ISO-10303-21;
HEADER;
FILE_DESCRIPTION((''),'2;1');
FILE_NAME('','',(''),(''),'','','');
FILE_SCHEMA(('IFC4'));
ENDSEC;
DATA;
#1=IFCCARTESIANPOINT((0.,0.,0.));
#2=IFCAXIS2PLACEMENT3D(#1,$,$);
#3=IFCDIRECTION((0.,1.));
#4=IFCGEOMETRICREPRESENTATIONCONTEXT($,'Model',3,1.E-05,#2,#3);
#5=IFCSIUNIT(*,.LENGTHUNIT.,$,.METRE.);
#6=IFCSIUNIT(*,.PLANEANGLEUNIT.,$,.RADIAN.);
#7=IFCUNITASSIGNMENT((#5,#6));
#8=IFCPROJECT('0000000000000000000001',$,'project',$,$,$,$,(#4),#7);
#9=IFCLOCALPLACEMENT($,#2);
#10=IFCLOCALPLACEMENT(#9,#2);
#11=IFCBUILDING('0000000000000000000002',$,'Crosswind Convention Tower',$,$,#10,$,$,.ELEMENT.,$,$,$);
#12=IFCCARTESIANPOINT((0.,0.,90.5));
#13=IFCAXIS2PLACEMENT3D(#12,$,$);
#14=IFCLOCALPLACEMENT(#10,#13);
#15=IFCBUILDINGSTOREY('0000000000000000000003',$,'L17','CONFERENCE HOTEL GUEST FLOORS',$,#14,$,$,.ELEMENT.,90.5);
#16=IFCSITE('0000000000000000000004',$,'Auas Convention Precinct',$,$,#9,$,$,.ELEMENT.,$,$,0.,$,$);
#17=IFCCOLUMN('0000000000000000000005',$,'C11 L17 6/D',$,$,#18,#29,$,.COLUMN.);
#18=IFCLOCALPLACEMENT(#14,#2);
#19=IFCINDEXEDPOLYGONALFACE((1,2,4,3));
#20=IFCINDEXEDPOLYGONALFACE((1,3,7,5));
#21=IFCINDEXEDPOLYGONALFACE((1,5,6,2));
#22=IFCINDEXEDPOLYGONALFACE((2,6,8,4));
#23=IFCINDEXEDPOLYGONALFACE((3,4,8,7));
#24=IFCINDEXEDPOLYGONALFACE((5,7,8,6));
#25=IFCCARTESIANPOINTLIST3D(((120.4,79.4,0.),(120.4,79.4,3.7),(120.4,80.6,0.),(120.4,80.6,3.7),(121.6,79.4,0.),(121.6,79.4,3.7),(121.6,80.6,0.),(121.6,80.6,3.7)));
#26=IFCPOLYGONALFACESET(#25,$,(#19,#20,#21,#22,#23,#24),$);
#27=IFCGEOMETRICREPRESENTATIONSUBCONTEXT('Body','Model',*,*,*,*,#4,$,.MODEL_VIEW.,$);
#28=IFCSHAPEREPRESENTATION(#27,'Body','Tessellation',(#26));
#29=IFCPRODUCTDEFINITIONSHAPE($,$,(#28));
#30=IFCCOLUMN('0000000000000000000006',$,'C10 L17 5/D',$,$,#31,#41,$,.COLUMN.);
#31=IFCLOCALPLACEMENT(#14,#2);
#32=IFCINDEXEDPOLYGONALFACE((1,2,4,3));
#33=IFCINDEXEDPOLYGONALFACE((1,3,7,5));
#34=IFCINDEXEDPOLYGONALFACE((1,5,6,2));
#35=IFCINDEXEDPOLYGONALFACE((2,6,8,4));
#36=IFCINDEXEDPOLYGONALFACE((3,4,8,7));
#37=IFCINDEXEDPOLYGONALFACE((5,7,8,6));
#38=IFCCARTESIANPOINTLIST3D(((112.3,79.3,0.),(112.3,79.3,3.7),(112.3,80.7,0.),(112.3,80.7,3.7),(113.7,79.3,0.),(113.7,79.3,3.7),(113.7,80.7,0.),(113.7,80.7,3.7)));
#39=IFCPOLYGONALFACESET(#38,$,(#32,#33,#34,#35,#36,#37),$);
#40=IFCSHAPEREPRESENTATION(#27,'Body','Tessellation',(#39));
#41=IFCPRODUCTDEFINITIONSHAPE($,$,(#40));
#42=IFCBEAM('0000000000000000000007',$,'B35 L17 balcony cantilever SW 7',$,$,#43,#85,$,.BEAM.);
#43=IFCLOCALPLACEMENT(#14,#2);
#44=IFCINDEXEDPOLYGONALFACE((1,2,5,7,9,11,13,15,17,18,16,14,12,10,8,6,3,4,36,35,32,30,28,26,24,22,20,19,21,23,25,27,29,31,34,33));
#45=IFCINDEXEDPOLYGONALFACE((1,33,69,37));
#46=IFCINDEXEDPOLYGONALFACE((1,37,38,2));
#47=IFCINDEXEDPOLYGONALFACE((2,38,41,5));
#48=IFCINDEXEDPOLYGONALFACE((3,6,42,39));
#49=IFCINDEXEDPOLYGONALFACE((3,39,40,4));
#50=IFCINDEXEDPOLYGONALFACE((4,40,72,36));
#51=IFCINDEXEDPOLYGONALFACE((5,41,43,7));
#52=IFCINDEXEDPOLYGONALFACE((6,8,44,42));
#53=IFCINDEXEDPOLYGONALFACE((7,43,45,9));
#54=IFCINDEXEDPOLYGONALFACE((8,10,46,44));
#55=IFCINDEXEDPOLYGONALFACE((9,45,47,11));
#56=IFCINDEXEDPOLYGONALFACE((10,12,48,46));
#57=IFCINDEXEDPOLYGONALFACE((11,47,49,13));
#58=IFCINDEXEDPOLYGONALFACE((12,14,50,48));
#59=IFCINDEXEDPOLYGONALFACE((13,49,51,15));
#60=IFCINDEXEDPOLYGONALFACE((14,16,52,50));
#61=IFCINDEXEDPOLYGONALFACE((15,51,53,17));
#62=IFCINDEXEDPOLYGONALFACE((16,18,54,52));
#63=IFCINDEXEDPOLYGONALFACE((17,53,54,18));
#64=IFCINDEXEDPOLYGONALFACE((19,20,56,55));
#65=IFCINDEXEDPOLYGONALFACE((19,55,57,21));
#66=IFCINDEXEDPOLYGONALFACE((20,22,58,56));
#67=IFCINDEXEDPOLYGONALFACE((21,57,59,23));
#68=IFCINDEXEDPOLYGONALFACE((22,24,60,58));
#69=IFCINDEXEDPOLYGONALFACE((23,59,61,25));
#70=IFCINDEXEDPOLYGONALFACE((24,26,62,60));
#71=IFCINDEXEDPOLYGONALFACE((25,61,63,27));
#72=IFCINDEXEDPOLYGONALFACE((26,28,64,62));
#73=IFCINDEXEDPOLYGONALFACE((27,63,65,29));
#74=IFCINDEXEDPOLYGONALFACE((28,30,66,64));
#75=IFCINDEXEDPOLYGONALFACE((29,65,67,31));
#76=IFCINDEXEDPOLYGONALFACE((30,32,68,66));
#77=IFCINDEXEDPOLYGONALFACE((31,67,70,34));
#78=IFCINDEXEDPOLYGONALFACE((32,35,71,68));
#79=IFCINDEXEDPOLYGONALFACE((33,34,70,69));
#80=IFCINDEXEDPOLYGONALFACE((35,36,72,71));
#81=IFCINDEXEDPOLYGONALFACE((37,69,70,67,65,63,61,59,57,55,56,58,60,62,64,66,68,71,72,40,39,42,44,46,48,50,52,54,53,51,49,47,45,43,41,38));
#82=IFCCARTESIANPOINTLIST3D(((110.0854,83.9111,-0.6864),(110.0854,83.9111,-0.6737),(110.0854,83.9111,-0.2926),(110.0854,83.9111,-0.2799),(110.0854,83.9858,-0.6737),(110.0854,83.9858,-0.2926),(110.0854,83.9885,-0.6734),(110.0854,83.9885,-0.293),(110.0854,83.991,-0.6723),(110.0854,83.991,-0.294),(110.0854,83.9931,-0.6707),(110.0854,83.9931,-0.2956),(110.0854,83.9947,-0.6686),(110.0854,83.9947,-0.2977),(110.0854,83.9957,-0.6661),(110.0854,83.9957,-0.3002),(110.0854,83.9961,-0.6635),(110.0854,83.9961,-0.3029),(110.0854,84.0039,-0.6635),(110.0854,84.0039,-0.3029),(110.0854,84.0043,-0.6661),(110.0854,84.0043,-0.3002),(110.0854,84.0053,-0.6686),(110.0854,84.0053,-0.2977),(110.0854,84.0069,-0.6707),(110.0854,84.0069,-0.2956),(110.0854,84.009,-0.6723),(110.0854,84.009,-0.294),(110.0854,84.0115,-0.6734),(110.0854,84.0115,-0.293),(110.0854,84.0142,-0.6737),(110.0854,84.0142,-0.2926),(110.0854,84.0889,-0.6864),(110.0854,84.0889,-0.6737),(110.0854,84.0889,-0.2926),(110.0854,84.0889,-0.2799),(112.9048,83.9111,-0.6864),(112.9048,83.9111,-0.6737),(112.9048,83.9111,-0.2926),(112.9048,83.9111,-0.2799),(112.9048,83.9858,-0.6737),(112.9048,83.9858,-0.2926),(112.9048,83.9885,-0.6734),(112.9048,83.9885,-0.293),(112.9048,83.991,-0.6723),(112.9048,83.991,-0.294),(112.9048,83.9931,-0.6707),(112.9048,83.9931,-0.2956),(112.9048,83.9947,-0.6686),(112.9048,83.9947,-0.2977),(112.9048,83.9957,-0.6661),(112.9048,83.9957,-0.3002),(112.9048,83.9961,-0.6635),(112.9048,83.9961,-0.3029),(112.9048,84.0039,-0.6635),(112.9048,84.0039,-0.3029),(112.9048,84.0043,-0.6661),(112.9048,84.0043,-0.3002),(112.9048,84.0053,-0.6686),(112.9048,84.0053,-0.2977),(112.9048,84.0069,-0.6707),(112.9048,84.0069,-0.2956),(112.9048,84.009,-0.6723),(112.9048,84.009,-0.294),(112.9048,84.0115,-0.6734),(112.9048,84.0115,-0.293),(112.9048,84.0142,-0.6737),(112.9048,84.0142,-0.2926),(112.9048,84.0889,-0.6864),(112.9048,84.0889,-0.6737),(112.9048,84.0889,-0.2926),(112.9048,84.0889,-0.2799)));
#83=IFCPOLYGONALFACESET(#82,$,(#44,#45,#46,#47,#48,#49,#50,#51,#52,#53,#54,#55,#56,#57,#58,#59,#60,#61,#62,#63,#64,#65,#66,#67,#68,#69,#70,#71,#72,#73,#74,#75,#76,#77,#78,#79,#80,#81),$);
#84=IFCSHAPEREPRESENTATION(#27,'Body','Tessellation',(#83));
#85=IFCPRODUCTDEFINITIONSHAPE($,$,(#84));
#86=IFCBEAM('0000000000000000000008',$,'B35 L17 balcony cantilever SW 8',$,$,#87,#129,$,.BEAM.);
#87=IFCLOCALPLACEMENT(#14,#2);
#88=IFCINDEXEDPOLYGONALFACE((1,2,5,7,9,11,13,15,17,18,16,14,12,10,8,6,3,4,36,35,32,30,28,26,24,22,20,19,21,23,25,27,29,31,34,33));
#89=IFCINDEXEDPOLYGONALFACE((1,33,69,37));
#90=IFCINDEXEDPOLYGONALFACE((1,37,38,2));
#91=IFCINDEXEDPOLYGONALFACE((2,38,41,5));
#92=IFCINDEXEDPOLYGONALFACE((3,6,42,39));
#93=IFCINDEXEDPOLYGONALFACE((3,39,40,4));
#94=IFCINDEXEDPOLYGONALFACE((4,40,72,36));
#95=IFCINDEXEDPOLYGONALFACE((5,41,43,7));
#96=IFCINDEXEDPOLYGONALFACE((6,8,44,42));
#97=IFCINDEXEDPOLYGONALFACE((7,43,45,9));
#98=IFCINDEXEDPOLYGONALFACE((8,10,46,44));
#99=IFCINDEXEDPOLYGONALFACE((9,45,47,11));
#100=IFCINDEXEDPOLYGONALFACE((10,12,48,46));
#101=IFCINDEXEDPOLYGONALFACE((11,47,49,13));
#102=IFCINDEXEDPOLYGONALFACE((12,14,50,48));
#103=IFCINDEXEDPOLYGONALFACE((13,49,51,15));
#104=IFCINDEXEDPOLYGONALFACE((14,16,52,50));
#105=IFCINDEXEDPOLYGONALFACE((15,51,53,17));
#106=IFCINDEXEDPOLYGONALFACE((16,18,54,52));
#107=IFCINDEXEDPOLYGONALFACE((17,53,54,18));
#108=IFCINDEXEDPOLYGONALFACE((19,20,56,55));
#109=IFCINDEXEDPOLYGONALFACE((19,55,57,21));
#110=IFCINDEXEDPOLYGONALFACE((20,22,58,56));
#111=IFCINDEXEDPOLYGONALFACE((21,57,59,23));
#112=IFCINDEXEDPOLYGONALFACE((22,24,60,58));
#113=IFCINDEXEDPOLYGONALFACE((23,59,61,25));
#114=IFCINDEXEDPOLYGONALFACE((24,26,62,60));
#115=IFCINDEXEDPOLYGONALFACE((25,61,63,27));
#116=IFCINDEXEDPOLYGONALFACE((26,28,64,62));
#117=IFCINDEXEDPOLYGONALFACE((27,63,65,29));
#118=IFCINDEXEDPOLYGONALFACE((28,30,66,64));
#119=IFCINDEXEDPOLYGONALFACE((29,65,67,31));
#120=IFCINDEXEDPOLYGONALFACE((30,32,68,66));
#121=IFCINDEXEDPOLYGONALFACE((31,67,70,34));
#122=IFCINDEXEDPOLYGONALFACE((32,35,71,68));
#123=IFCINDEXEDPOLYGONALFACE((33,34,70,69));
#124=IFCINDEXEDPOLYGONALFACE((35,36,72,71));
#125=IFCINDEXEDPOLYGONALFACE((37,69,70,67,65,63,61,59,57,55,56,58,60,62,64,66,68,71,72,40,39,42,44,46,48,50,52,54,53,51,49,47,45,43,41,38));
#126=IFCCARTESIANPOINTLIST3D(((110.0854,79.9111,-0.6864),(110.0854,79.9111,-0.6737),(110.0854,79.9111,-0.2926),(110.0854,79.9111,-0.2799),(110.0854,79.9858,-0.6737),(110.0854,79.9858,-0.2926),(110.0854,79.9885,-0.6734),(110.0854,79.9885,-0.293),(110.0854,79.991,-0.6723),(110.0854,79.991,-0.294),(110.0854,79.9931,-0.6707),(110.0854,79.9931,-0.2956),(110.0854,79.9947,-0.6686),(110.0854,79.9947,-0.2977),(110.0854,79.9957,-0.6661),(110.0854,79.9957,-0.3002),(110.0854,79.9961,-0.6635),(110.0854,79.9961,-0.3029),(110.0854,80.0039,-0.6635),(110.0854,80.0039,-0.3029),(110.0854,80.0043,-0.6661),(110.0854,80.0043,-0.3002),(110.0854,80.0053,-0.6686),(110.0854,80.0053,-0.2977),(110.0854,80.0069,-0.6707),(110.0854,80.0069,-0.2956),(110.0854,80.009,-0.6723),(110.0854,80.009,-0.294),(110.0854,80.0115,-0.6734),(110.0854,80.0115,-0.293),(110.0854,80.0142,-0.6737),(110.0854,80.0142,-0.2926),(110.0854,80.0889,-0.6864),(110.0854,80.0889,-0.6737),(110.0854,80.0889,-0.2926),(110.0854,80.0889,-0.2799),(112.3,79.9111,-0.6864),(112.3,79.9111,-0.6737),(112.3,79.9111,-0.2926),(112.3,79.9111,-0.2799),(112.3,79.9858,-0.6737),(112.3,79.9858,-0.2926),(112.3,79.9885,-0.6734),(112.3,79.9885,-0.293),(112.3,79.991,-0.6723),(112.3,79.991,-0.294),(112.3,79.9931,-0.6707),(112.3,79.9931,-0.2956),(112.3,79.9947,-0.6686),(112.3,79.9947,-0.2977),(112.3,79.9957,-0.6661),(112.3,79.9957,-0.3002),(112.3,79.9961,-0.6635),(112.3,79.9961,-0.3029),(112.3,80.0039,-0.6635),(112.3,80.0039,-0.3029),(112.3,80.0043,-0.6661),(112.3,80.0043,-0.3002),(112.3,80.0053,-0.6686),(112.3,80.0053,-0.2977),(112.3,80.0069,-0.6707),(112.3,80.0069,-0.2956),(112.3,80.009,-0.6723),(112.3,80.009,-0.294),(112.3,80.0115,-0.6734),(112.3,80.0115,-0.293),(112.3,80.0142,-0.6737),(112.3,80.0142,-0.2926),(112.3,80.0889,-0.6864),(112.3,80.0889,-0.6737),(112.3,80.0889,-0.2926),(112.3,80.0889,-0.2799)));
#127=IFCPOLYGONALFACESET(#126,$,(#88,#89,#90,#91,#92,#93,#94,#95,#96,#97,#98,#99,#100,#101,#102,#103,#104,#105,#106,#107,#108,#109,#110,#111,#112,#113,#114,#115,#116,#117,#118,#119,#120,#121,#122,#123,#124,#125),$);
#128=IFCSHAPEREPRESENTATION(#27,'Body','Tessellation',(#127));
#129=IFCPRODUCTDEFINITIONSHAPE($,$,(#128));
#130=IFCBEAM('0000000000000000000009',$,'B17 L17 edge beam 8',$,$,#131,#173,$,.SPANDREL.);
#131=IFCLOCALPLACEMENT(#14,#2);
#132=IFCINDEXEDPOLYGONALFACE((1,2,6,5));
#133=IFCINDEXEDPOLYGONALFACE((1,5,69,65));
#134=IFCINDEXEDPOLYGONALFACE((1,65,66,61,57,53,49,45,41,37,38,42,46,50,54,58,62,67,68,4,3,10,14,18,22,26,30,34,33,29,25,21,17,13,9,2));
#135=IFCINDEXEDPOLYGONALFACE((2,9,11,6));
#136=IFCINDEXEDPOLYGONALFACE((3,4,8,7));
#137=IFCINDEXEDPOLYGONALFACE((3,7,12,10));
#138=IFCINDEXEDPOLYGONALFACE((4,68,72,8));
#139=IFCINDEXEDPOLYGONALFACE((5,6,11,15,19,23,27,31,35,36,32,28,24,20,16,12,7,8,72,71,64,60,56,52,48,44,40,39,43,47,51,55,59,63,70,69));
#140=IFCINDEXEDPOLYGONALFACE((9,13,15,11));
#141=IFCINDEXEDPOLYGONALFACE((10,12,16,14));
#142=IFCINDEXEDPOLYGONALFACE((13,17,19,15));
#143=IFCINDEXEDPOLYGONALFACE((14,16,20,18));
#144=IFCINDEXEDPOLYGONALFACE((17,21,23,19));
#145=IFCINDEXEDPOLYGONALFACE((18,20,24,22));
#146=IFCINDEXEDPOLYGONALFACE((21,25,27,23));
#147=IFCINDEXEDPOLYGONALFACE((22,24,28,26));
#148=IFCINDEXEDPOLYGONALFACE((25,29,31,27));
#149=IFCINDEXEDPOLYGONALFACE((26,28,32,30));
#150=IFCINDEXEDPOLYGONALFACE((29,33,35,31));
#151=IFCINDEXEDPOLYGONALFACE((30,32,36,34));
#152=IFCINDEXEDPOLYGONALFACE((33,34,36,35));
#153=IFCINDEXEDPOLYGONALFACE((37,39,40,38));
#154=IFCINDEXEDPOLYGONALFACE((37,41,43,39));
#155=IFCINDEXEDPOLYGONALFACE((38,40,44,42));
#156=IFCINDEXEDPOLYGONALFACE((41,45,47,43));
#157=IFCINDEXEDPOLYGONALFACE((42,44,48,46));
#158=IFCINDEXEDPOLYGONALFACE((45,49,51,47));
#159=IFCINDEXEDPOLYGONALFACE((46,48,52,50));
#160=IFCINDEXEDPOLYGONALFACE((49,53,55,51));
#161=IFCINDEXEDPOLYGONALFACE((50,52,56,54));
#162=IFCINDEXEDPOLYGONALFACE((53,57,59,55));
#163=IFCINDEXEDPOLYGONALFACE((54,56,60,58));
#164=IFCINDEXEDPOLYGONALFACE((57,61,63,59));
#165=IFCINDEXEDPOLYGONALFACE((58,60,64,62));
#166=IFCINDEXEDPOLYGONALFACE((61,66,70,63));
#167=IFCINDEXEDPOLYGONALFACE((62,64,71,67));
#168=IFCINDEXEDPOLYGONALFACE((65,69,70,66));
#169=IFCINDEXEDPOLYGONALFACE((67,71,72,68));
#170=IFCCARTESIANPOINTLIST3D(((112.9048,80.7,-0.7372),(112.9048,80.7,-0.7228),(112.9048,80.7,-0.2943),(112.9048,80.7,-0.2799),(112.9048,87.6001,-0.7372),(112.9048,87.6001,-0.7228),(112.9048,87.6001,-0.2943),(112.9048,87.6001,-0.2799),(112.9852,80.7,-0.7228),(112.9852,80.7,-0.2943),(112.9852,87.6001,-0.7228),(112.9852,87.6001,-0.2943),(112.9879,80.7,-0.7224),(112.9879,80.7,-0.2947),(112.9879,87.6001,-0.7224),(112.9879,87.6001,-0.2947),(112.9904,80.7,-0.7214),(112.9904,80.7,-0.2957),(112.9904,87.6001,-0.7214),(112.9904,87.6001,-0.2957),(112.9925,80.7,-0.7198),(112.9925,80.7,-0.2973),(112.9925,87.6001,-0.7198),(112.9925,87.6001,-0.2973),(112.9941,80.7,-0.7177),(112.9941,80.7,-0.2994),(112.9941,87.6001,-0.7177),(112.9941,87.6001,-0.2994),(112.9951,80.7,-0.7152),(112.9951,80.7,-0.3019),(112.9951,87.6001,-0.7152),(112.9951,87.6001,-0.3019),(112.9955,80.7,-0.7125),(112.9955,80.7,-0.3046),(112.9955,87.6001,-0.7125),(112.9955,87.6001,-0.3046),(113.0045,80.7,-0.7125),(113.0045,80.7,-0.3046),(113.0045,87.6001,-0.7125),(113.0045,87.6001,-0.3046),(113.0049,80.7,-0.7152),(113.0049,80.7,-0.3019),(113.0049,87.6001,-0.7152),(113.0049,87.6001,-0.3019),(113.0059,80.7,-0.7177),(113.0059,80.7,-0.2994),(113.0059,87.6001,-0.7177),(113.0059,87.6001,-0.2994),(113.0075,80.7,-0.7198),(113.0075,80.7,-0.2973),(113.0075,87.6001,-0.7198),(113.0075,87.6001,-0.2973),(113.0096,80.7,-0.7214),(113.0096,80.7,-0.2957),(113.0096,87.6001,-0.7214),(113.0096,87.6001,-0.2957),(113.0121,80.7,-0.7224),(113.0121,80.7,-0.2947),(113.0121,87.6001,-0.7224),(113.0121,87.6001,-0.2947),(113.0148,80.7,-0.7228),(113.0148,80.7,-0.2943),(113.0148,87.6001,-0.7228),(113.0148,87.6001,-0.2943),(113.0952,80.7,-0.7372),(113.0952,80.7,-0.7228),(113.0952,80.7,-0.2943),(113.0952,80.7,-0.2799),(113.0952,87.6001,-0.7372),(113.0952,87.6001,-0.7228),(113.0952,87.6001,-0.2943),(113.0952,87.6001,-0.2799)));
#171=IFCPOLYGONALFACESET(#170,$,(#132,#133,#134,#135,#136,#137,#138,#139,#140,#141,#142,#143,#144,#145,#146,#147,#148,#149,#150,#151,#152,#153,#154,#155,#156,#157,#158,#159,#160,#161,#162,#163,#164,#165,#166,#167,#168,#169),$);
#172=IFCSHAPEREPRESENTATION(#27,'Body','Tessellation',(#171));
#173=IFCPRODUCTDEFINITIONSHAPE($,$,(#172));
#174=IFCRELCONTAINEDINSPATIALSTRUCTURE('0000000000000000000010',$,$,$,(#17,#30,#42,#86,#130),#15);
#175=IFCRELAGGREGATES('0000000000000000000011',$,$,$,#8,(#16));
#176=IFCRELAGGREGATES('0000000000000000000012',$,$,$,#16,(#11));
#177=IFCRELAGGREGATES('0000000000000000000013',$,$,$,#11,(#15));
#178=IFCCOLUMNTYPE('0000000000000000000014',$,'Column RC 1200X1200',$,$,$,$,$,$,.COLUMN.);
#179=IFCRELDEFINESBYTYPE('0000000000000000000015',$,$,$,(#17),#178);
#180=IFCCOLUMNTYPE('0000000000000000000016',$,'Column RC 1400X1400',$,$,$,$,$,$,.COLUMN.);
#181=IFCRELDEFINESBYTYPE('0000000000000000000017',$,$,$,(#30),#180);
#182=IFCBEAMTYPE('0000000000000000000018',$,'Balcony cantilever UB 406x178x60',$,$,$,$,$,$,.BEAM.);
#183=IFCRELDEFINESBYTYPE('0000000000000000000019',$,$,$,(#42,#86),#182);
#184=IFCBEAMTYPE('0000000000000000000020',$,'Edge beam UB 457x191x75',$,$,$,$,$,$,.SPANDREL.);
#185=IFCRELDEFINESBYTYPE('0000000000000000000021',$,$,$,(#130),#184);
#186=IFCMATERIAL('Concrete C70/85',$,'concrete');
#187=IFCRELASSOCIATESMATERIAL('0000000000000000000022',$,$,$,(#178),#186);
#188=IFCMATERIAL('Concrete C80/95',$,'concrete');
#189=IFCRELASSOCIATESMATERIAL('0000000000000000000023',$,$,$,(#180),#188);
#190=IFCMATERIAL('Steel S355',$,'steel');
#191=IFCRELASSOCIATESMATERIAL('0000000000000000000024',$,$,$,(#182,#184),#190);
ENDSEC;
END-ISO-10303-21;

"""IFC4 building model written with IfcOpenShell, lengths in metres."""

from ifc_helpers import new_model, si_unit, direction, frame, origin, origin_2d, place, context, subcontext, project, spatial, rectangle, i_section, extrude, material, material_profile, profile_set, type_object, element, save


model = new_model("IFC4")

# Units and contexts
model_context = context("Model", 3, precision=1e-05, world=origin(), true_north=direction((0.0, 1.0)))
body_context = subcontext(model_context, "Body", "Model", "MODEL_VIEW")
ifc_project = project(units=[si_unit("LENGTHUNIT", "METRE"), si_unit("PLANEANGLEUNIT", "RADIAN")], contexts=[model_context])

# Site, building, storey
site_placement = place(None, origin())
site = spatial("IfcSite", under=ifc_project, at=site_placement, Name="Auas Convention Precinct", CompositionType="ELEMENT", RefElevation=0.0)
building_placement = place(site_placement, origin())
building = spatial("IfcBuilding", under=site, at=building_placement, Name="Crosswind Convention Tower", CompositionType="ELEMENT")
storey_placement = place(building_placement, frame((0.0, 0.0, 90.5)))
storey = spatial("IfcBuildingStorey", under=building, at=storey_placement, Name="L17", Description="CONFERENCE HOTEL GUEST FLOORS", CompositionType="ELEMENT", Elevation=90.5)

# Columns
ifc_material_1 = material(Name="Concrete C70/85", Category="concrete")
ifc_material_profile_1 = material_profile(ifc_material_1, rectangle(XDim=1.2, YDim=1.2, at=origin_2d()), Name="RC 1200X1200")
ifc_profile_set_1 = profile_set([ifc_material_profile_1], Name="Concrete C70/85")
column_type_1 = type_object("IfcColumnType", Name="Column RC 1200X1200", PredefinedType="COLUMN", material=ifc_profile_set_1)
column_1_placement = place(storey_placement, frame((121.0, 80.0, 0.0), z_axis=(0.0, 0.0, 1.0), x_axis=(1.0, 0.0, 0.0)))
element("IfcColumn", 1, at=column_1_placement, inside=storey, type_object=column_type_1, Name="C11 L17 6/D", PredefinedType="COLUMN", context=body_context, shape_type="SweptSolid", body=[
    extrude(rectangle(XDim=1.2, YDim=1.2, at=origin_2d()), origin(), (0.0, 0.0, 1.0), 3.7),
])
ifc_material_2 = material(Name="Concrete C80/95", Category="concrete")
ifc_material_profile_2 = material_profile(ifc_material_2, rectangle(XDim=1.3999, YDim=1.3999, at=origin_2d()), Name="RC 1400X1400")
ifc_profile_set_2 = profile_set([ifc_material_profile_2], Name="Concrete C80/95")
column_type_2 = type_object("IfcColumnType", Name="Column RC 1400X1400", PredefinedType="COLUMN", material=ifc_profile_set_2)
column_2_placement = place(storey_placement, frame((113.0, 80.0, 0.0), z_axis=(0.0, 0.0, 1.0), x_axis=(1.0, 0.0, 0.0)))
element("IfcColumn", 2, at=column_2_placement, inside=storey, type_object=column_type_2, Name="C10 L17 5/D", PredefinedType="COLUMN", context=body_context, shape_type="SweptSolid", body=[
    extrude(rectangle(XDim=1.3999, YDim=1.3999, at=origin_2d()), origin(), (0.0, 0.0, 1.0), 3.7),
])

# Beams
ifc_material_3 = material(Name="Steel S355", Category="steel")
ifc_material_profile_3 = material_profile(ifc_material_3, i_section(OverallWidth=0.1777, OverallDepth=0.4065, WebThickness=0.0078, FlangeThickness=0.0127, FilletRadius=0.0103, at=origin_2d()), Name="UB 406x178x60")
ifc_profile_set_3 = profile_set([ifc_material_profile_3], Name="Steel S355")
beam_type_1 = type_object("IfcBeamType", Name="Balcony cantilever UB 406x178x60", PredefinedType="BEAM", material=ifc_profile_set_3)
beam_1_placement = place(storey_placement, frame((112.9048, 84.0, -0.4832), z_axis=(-1.0, 0.0, 0.0), x_axis=(0.0, -1.0, 0.0)))
element("IfcBeam", 3, at=beam_1_placement, inside=storey, type_object=beam_type_1, Name="B35 L17 balcony cantilever SW 7", PredefinedType="BEAM", context=body_context, shape_type="SweptSolid", body=[
    extrude(i_section(OverallWidth=0.1777, OverallDepth=0.4065, WebThickness=0.0078, FlangeThickness=0.0127, FilletRadius=0.0103, at=origin_2d()), origin(), (0.0, 0.0, 1.0), 2.8193),
])
beam_2_placement = place(storey_placement, frame((112.3, 80.0, -0.4832), z_axis=(-1.0, 0.0, 0.0), x_axis=(0.0, -1.0, 0.0)))
element("IfcBeam", 4, at=beam_2_placement, inside=storey, type_object=beam_type_1, Name="B35 L17 balcony cantilever SW 8", PredefinedType="BEAM", context=body_context, shape_type="SweptSolid", body=[
    extrude(i_section(OverallWidth=0.1777, OverallDepth=0.4065, WebThickness=0.0078, FlangeThickness=0.0127, FilletRadius=0.0103, at=origin_2d()), origin(), (0.0, 0.0, 1.0), 2.2146),
])
ifc_material_profile_4 = material_profile(ifc_material_3, i_section(OverallWidth=0.1904, OverallDepth=0.4573, WebThickness=0.009, FlangeThickness=0.0144, FilletRadius=0.0103, at=origin_2d()), Name="UB 457x191x75")
ifc_profile_set_4 = profile_set([ifc_material_profile_4], Name="Steel S355")
beam_type_2 = type_object("IfcBeamType", Name="Edge beam UB 457x191x75", PredefinedType="SPANDREL", material=ifc_profile_set_4)
beam_3_placement = place(storey_placement, frame((113.0, 80.7, -0.5085), z_axis=(0.0, 1.0, 0.0), x_axis=(-1.0, 0.0, 0.0)))
element("IfcBeam", 5, at=beam_3_placement, inside=storey, type_object=beam_type_2, Name="B17 L17 edge beam 8", PredefinedType="SPANDREL", context=body_context, shape_type="SweptSolid", body=[
    extrude(i_section(OverallWidth=0.1904, OverallDepth=0.4573, WebThickness=0.009, FlangeThickness=0.0144, FilletRadius=0.0103, at=origin_2d()), origin(), (0.0, 0.0, 1.0), 6.9001),
])

save(model, "model.ifc")
